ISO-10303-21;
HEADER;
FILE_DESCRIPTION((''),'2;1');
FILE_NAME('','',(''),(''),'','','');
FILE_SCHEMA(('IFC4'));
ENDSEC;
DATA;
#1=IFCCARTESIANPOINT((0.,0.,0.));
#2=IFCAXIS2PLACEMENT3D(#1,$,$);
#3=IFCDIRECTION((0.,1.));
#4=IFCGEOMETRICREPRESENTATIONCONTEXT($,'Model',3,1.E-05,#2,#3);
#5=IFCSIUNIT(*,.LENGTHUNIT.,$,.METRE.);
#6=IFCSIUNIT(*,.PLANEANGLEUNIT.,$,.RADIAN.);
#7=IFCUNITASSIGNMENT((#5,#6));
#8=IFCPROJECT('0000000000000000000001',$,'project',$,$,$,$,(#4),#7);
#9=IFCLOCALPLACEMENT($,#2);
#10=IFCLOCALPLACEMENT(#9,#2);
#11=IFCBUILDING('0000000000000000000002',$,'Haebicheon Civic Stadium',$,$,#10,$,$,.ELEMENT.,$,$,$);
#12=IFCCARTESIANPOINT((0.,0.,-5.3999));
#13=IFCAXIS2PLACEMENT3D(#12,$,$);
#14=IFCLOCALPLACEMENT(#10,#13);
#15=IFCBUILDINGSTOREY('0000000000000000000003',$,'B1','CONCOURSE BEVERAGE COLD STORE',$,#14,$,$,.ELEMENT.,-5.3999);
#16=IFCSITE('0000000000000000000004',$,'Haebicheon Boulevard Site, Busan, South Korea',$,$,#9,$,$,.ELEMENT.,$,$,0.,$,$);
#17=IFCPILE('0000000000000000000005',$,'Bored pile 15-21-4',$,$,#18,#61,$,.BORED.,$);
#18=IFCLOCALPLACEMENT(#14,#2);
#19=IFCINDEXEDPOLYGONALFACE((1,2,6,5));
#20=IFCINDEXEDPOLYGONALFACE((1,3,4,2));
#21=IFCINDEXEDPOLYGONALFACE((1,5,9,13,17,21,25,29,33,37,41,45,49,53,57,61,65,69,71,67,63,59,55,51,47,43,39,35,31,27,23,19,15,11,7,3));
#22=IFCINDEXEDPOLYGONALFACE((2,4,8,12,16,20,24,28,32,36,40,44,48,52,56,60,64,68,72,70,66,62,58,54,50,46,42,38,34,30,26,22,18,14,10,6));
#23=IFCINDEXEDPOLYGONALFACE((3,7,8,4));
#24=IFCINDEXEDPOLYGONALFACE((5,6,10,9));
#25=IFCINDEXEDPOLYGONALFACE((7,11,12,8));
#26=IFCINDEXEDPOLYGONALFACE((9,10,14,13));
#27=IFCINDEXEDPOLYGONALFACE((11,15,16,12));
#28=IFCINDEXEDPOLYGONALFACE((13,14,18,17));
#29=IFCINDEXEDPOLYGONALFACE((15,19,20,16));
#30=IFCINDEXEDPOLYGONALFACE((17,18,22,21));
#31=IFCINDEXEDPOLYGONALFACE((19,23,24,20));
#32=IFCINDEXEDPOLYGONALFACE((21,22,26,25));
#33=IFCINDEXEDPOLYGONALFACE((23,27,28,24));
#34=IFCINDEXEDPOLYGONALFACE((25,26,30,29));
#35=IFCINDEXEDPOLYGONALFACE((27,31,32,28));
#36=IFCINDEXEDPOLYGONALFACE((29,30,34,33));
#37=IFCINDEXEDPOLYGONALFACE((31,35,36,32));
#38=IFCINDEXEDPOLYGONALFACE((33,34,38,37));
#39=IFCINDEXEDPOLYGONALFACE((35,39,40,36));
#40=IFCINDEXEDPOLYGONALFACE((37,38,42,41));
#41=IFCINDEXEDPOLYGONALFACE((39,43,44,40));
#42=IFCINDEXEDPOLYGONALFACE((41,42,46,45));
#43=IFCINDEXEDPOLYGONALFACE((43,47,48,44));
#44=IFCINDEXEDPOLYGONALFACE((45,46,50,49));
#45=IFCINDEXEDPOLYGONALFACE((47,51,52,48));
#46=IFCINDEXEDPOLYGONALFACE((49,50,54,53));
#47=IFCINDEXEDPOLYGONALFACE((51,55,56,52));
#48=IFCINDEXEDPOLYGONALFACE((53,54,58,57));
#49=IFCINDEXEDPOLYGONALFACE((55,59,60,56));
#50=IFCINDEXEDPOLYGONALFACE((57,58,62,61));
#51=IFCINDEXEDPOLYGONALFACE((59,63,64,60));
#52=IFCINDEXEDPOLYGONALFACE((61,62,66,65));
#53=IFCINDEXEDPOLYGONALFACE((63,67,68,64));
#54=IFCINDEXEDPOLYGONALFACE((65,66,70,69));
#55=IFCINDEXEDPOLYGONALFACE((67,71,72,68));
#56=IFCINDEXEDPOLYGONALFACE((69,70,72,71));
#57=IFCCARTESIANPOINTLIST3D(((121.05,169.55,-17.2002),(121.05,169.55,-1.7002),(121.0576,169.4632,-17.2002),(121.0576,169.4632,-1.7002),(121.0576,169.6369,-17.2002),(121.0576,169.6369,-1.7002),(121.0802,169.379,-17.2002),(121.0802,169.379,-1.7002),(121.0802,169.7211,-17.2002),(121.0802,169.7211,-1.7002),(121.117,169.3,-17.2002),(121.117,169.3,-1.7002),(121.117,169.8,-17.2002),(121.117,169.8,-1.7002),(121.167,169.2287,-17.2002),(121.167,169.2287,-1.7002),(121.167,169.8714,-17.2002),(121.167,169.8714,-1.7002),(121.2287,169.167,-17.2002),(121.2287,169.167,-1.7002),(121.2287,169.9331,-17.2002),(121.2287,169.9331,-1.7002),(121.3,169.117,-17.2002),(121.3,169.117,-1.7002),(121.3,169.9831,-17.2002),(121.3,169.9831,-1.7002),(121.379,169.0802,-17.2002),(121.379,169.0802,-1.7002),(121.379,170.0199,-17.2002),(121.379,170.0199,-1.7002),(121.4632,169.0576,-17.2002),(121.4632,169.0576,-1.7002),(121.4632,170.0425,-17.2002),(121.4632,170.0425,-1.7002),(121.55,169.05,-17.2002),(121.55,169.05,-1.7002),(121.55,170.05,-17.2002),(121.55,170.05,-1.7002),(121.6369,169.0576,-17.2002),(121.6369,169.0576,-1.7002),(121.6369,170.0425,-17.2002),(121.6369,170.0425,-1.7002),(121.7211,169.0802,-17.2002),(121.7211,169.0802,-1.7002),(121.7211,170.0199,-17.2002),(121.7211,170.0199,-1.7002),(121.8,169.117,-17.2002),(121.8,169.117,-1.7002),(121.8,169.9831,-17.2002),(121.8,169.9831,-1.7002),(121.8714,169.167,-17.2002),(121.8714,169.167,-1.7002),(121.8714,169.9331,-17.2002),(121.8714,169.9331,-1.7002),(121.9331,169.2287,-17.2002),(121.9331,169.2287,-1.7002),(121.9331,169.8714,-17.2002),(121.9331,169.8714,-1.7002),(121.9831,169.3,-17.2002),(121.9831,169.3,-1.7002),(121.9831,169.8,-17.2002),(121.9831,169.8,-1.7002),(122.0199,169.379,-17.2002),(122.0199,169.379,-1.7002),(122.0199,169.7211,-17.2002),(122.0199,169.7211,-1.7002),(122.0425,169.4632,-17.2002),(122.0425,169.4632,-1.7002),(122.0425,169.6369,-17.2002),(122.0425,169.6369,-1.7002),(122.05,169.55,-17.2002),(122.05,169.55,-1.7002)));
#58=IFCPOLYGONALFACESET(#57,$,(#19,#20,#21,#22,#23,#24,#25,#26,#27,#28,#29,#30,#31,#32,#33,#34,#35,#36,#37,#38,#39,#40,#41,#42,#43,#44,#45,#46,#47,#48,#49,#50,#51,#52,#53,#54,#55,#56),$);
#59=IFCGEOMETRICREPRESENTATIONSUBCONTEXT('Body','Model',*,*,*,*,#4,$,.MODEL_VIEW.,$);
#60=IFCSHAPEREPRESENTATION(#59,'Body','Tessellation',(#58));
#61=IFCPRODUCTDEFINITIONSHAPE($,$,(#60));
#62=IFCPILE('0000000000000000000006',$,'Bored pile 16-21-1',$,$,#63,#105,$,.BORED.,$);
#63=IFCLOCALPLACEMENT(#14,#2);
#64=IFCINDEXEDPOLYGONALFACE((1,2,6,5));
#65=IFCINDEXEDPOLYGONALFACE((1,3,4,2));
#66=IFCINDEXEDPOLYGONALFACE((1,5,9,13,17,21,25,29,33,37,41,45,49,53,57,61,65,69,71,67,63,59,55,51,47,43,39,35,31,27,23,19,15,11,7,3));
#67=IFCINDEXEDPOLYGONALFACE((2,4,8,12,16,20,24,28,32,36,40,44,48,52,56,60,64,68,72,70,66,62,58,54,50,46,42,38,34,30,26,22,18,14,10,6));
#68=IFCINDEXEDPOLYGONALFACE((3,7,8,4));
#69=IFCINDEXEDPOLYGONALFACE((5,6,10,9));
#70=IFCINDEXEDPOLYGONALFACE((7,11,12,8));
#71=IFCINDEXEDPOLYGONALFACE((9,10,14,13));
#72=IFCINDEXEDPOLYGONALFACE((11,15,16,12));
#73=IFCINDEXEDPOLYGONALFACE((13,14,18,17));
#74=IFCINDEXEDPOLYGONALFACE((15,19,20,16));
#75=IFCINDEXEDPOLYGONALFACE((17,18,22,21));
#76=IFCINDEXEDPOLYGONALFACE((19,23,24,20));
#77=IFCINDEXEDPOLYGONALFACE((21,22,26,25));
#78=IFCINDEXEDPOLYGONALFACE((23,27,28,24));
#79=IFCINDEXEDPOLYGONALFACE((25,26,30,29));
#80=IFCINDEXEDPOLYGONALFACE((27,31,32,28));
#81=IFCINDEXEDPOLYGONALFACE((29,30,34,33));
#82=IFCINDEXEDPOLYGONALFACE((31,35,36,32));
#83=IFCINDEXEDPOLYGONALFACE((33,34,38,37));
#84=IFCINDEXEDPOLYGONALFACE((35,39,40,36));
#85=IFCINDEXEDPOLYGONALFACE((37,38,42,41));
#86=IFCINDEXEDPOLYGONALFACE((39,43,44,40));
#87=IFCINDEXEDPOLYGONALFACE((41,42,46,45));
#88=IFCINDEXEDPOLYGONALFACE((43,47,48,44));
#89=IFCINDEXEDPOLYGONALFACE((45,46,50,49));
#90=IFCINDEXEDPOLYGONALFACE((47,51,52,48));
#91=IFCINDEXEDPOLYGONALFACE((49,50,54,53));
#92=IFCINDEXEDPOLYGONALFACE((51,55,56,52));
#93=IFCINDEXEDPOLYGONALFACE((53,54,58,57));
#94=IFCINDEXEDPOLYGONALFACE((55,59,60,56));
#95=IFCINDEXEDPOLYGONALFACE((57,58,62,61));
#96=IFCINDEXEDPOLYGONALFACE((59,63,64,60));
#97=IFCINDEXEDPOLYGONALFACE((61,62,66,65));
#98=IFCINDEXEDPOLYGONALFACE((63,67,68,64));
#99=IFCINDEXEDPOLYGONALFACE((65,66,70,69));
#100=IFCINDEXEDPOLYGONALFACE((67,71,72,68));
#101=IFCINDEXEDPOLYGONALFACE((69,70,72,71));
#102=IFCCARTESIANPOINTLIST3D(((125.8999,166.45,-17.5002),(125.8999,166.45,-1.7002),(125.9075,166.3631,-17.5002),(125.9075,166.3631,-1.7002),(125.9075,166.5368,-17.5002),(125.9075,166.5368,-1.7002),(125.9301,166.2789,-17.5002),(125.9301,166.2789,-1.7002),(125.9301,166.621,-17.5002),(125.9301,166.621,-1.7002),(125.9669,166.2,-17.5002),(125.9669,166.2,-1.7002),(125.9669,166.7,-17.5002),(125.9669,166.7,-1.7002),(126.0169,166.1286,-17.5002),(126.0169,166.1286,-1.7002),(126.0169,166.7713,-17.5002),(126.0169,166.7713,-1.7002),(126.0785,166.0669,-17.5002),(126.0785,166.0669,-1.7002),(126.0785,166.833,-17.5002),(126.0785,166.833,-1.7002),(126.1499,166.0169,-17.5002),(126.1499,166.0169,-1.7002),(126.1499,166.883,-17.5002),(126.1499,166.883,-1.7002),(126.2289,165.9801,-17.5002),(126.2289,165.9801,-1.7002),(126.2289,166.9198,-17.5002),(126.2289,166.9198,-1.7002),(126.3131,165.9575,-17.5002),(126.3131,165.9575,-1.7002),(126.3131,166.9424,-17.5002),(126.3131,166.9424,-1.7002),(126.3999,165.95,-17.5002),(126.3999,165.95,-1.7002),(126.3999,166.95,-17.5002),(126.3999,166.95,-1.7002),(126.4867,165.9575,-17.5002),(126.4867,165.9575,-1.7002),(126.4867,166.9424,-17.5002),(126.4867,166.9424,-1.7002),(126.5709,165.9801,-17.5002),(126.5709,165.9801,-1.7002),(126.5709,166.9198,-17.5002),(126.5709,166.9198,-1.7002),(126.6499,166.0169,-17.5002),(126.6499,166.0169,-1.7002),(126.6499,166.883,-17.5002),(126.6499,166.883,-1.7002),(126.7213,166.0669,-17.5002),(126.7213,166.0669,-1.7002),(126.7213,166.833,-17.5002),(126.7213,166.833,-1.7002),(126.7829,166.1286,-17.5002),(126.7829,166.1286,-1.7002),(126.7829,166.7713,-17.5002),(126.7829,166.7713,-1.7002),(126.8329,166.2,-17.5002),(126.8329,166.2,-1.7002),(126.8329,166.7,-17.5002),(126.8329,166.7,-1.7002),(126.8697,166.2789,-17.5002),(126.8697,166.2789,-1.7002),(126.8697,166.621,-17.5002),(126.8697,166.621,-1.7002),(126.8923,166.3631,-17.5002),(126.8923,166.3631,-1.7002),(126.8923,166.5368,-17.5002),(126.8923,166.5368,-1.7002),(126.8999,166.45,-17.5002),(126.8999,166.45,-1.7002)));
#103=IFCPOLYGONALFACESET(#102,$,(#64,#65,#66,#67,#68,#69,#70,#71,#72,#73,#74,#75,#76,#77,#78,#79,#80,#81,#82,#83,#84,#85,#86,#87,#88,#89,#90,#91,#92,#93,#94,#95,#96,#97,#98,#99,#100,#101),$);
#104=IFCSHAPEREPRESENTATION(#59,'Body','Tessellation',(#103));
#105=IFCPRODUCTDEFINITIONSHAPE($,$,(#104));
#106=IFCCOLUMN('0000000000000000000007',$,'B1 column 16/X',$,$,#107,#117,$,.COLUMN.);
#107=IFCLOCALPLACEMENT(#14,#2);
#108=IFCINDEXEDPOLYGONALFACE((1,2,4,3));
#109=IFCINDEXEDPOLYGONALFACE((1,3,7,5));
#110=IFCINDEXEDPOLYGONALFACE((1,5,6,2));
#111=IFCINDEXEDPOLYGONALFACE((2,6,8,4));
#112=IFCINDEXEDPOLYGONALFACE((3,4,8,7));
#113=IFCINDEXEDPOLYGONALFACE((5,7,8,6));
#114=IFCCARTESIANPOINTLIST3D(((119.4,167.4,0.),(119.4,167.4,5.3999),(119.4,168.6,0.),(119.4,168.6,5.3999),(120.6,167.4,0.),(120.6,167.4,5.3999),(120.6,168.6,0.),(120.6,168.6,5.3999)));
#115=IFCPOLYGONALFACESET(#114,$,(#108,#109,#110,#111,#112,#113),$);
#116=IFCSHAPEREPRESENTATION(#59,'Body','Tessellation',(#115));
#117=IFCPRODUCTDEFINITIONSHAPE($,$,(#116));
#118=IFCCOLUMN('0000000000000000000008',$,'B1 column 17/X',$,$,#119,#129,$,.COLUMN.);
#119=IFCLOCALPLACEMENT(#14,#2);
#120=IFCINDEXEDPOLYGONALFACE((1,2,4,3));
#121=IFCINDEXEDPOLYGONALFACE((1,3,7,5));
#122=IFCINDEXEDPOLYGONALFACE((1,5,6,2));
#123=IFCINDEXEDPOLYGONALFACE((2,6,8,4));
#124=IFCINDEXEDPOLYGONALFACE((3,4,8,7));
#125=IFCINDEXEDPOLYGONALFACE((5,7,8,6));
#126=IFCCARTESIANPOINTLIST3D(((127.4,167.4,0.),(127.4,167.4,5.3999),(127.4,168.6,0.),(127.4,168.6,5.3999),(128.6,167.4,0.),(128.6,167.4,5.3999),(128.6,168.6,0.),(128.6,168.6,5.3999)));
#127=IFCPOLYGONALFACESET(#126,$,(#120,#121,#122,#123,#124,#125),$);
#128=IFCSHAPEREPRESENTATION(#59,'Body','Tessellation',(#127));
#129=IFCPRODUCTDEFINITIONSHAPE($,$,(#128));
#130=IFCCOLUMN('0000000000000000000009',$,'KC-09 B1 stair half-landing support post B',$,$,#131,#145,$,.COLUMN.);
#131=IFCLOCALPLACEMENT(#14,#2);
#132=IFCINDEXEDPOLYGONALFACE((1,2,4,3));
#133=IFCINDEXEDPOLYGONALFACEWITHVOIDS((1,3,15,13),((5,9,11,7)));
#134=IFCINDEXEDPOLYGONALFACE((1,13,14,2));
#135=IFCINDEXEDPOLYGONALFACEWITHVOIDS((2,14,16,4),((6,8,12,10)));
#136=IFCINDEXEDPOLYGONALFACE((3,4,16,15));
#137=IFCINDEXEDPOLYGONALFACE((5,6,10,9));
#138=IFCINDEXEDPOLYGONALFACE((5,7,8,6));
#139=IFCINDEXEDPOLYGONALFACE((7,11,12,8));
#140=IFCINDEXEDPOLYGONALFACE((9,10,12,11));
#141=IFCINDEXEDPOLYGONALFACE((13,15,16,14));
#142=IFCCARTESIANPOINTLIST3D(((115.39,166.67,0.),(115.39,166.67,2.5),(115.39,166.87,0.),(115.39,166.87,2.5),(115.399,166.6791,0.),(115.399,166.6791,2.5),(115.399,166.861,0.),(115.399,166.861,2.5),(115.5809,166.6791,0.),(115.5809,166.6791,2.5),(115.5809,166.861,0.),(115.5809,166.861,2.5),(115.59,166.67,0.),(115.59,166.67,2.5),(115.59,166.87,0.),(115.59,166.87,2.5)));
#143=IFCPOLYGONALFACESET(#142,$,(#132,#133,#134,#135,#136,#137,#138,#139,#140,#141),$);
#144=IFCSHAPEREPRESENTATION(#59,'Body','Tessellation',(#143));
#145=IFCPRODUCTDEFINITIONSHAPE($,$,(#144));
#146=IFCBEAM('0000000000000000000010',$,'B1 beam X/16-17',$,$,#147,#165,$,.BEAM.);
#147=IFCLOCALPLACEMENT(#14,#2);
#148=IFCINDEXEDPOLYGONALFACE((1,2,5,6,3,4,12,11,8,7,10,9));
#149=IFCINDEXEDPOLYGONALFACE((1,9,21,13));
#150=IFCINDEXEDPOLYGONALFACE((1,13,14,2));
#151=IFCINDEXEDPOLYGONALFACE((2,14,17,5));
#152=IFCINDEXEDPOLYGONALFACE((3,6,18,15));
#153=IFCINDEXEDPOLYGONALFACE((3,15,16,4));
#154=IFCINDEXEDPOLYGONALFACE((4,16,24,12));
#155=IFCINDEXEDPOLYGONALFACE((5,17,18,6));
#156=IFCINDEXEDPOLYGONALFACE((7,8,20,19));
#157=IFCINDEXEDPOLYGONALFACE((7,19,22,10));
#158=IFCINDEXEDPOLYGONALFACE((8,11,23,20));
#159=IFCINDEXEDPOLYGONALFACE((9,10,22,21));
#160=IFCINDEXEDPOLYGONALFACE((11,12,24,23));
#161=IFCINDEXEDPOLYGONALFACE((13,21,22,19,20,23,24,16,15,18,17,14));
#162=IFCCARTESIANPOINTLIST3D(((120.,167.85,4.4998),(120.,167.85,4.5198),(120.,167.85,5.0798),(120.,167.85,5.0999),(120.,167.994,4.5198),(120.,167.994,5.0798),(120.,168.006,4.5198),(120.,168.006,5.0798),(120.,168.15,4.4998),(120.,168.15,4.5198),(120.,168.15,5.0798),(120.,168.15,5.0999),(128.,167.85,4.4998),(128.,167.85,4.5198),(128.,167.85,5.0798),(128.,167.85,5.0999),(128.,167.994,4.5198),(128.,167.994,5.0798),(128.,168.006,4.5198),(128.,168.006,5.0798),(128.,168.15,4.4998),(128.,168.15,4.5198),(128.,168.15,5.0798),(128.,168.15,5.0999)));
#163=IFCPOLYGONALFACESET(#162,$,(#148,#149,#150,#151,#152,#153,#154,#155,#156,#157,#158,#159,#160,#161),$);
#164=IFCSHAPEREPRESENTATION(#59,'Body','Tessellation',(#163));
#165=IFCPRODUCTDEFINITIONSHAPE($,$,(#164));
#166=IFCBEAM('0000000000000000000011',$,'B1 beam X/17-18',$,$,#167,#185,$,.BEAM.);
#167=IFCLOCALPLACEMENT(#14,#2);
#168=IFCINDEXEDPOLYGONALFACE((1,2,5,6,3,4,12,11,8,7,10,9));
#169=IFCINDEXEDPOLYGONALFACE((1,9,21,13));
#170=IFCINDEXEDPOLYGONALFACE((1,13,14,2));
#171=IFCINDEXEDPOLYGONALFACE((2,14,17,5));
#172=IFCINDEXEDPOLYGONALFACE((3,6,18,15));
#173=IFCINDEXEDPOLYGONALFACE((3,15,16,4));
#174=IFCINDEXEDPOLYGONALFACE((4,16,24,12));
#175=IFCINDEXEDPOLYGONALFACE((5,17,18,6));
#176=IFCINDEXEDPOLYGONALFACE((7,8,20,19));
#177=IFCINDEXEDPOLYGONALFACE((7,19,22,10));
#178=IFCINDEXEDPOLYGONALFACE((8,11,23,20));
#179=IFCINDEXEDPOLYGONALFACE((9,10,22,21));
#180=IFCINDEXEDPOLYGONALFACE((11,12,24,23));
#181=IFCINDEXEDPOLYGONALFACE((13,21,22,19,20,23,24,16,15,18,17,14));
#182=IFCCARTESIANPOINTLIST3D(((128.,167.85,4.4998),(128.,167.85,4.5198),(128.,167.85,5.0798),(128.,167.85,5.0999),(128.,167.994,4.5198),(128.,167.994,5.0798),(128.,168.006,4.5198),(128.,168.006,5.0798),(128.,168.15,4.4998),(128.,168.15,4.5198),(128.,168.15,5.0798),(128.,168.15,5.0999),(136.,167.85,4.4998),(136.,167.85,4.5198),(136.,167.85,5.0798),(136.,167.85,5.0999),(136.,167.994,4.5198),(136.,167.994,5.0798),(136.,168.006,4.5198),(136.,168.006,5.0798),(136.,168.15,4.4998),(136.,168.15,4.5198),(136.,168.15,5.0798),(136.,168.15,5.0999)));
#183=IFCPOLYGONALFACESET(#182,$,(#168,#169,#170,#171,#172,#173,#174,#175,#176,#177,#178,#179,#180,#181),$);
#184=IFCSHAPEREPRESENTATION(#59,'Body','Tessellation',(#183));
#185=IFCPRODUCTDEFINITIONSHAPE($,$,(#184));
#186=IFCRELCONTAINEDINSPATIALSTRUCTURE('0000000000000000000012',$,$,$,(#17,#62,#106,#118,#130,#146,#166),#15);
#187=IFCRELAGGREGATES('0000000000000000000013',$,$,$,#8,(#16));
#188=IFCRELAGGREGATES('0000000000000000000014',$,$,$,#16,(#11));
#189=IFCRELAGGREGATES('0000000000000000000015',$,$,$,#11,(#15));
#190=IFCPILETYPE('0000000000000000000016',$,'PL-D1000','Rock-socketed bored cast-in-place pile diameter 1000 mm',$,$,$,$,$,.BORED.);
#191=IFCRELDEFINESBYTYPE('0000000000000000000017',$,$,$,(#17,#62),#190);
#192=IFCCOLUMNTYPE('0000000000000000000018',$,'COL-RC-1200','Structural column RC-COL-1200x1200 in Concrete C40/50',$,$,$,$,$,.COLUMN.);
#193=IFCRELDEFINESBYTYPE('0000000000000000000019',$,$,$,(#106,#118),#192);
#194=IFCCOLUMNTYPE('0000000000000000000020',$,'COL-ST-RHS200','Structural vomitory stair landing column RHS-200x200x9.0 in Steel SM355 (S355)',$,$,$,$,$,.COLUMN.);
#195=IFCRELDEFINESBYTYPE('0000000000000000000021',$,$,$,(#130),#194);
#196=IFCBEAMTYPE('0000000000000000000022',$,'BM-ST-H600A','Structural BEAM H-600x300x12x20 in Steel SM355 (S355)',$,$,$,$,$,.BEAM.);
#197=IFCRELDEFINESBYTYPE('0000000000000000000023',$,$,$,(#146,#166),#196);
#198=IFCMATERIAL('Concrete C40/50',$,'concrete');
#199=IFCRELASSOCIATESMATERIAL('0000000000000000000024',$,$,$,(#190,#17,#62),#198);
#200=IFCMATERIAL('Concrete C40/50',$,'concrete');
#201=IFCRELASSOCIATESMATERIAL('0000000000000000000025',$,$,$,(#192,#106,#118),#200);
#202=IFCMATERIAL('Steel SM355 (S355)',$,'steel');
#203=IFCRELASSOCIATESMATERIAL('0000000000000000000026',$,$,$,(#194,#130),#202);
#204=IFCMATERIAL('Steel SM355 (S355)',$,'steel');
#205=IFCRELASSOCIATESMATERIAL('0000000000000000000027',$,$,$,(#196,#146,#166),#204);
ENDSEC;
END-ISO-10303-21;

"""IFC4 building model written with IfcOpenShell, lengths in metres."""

from ifc_helpers import new_model, si_unit, direction, frame, origin, origin_2d, place, context, subcontext, project, spatial, rectangle, hollow_rectangle, circle, i_section, extrude, material, material_profile, profile_set, type_object, element, save


model = new_model("IFC4")

# Units and contexts
model_context = context("Model", 3, precision=1e-05, world=origin(), true_north=direction((0.0, 1.0)))
body_context = subcontext(model_context, "Body", "Model", "MODEL_VIEW")
ifc_project = project(units=[si_unit("LENGTHUNIT", "METRE"), si_unit("PLANEANGLEUNIT", "RADIAN")], contexts=[model_context])

# Site, building, storey
site_placement = place(None, origin())
site = spatial("IfcSite", under=ifc_project, at=site_placement, Name="Haebicheon Boulevard Site, Busan, South Korea", CompositionType="ELEMENT", RefElevation=0.0)
building_placement = place(site_placement, origin())
building = spatial("IfcBuilding", under=site, at=building_placement, Name="Haebicheon Civic Stadium", CompositionType="ELEMENT")
storey_placement = place(building_placement, frame((0.0, 0.0, -5.3999)))
storey = spatial("IfcBuildingStorey", under=building, at=storey_placement, Name="B1", Description="CONCOURSE BEVERAGE COLD STORE", CompositionType="ELEMENT", Elevation=-5.3999)

# Piles
ifc_material_1 = material(Name="Concrete C40/50", Category="concrete")
ifc_material_profile_1 = material_profile(ifc_material_1, circle(Radius=0.5, at=origin_2d()), Name="PILE-D1000")
ifc_profile_set_1 = profile_set([ifc_material_profile_1], Name="Concrete C40/50")
pile_type = type_object("IfcPileType", Name="PL-D1000", Description="Rock-socketed bored cast-in-place pile diameter 1000 mm", PredefinedType="BORED", material=ifc_profile_set_1)
for number, where, z_axis, x_axis, name in (
    (1, (121.55, 169.55, -1.7002), (0.0, 0.0, -1.0), (1.0, 0.0, 0.0), "Bored pile 15-21-4"),
):
    element("IfcPile", number, at=place(storey_placement, frame(where, z_axis=z_axis, x_axis=x_axis)), inside=storey, type_object=pile_type, material=ifc_profile_set_1, Name=name, PredefinedType="BORED", context=body_context, shape_type="SweptSolid", body=[
        extrude(circle(Radius=0.5, at=origin_2d()), origin(), (0.0, 0.0, 1.0), 15.5),
    ])
pile_placement = place(storey_placement, frame((126.3999, 166.45, -1.7002), z_axis=(0.0, 0.0, -1.0), x_axis=(1.0, 0.0, 0.0)))
element("IfcPile", 2, at=pile_placement, inside=storey, type_object=pile_type, material=ifc_profile_set_1, Name="Bored pile 16-21-1", PredefinedType="BORED", context=body_context, shape_type="SweptSolid", body=[
    extrude(circle(Radius=0.5, at=origin_2d()), origin(), (0.0, 0.0, 1.0), 15.8),
])

# Columns
ifc_material_2 = material(Name="Concrete C40/50", Category="concrete")
ifc_material_profile_2 = material_profile(ifc_material_2, rectangle(XDim=1.2, YDim=1.2, at=origin_2d()), Name="RC-COL-1200x1200")
ifc_profile_set_2 = profile_set([ifc_material_profile_2], Name="Concrete C40/50")
column_type_1 = type_object("IfcColumnType", Name="COL-RC-1200", Description="Structural column RC-COL-1200x1200 in Concrete C40/50", PredefinedType="COLUMN", material=ifc_profile_set_2)
for number, where, z_axis, x_axis, name in (
    (3, (120.0, 168.0, 0.0), (0.0, 0.0, 1.0), (1.0, 0.0, 0.0), "B1 column 16/X"),
    (4, (128.0, 168.0, 0.0), (0.0, 0.0, 1.0), (1.0, 0.0, 0.0), "B1 column 17/X"),
):
    element("IfcColumn", number, at=place(storey_placement, frame(where, z_axis=z_axis, x_axis=x_axis)), inside=storey, type_object=column_type_1, material=ifc_profile_set_2, Name=name, PredefinedType="COLUMN", context=body_context, shape_type="SweptSolid", body=[
        extrude(rectangle(XDim=1.2, YDim=1.2, at=origin_2d()), origin(), (0.0, 0.0, 1.0), 5.3999),
    ])
ifc_material_3 = material(Name="Steel SM355 (S355)", Category="steel")
ifc_material_profile_3 = material_profile(ifc_material_3, hollow_rectangle(XDim=0.2, YDim=0.2, WallThickness=0.009, at=origin_2d()), Name="RHS-200x200x9.0")
ifc_profile_set_3 = profile_set([ifc_material_profile_3], Name="Steel SM355 (S355)")
column_type_2 = type_object("IfcColumnType", Name="COL-ST-RHS200", Description="Structural vomitory stair landing column RHS-200x200x9.0 in Steel SM355 (S355)", PredefinedType="COLUMN", material=ifc_profile_set_3)
column_placement = place(storey_placement, frame((115.49, 166.77, 0.0), z_axis=(0.0, 0.0, 1.0), x_axis=(1.0, 0.0, 0.0)))
element("IfcColumn", 5, at=column_placement, inside=storey, type_object=column_type_2, material=ifc_profile_set_3, Name="KC-09 B1 stair half-landing support post B", PredefinedType="COLUMN", context=body_context, shape_type="SweptSolid", body=[
    extrude(hollow_rectangle(XDim=0.2, YDim=0.2, WallThickness=0.009, at=origin_2d()), origin(), (0.0, 0.0, 1.0), 2.5),
])

# Beams
ifc_material_4 = material(Name="Steel SM355 (S355)", Category="steel")
ifc_material_profile_4 = material_profile(ifc_material_4, i_section(OverallWidth=0.3, OverallDepth=0.6001, WebThickness=0.012, FlangeThickness=0.02, at=origin_2d()), Name="H-600x300x12x20")
ifc_profile_set_4 = profile_set([ifc_material_profile_4], Name="Steel SM355 (S355)")
beam_type_1 = type_object("IfcBeamType", Name="BM-ST-H600A", Description="Structural BEAM H-600x300x12x20 in Steel SM355 (S355)", PredefinedType="BEAM", material=ifc_profile_set_4)
for number, where, z_axis, x_axis, name in (
    (6, (120.0, 168.0, 4.7998), (1.0, 0.0, 0.0), (0.0, 1.0, 0.0), "B1 beam X/16-17"),
    (7, (128.0, 168.0, 4.7998), (1.0, 0.0, 0.0), (0.0, 1.0, 0.0), "B1 beam X/17-18"),
):
    element("IfcBeam", number, at=place(storey_placement, frame(where, z_axis=z_axis, x_axis=x_axis)), inside=storey, type_object=beam_type_1, material=ifc_profile_set_4, Name=name, PredefinedType="BEAM", context=body_context, shape_type="SweptSolid", body=[
        extrude(i_section(OverallWidth=0.3, OverallDepth=0.6001, WebThickness=0.012, FlangeThickness=0.02, at=origin_2d()), origin(), (0.0, 0.0, 1.0), 8.0),
    ])

save(model, "model.ifc")
